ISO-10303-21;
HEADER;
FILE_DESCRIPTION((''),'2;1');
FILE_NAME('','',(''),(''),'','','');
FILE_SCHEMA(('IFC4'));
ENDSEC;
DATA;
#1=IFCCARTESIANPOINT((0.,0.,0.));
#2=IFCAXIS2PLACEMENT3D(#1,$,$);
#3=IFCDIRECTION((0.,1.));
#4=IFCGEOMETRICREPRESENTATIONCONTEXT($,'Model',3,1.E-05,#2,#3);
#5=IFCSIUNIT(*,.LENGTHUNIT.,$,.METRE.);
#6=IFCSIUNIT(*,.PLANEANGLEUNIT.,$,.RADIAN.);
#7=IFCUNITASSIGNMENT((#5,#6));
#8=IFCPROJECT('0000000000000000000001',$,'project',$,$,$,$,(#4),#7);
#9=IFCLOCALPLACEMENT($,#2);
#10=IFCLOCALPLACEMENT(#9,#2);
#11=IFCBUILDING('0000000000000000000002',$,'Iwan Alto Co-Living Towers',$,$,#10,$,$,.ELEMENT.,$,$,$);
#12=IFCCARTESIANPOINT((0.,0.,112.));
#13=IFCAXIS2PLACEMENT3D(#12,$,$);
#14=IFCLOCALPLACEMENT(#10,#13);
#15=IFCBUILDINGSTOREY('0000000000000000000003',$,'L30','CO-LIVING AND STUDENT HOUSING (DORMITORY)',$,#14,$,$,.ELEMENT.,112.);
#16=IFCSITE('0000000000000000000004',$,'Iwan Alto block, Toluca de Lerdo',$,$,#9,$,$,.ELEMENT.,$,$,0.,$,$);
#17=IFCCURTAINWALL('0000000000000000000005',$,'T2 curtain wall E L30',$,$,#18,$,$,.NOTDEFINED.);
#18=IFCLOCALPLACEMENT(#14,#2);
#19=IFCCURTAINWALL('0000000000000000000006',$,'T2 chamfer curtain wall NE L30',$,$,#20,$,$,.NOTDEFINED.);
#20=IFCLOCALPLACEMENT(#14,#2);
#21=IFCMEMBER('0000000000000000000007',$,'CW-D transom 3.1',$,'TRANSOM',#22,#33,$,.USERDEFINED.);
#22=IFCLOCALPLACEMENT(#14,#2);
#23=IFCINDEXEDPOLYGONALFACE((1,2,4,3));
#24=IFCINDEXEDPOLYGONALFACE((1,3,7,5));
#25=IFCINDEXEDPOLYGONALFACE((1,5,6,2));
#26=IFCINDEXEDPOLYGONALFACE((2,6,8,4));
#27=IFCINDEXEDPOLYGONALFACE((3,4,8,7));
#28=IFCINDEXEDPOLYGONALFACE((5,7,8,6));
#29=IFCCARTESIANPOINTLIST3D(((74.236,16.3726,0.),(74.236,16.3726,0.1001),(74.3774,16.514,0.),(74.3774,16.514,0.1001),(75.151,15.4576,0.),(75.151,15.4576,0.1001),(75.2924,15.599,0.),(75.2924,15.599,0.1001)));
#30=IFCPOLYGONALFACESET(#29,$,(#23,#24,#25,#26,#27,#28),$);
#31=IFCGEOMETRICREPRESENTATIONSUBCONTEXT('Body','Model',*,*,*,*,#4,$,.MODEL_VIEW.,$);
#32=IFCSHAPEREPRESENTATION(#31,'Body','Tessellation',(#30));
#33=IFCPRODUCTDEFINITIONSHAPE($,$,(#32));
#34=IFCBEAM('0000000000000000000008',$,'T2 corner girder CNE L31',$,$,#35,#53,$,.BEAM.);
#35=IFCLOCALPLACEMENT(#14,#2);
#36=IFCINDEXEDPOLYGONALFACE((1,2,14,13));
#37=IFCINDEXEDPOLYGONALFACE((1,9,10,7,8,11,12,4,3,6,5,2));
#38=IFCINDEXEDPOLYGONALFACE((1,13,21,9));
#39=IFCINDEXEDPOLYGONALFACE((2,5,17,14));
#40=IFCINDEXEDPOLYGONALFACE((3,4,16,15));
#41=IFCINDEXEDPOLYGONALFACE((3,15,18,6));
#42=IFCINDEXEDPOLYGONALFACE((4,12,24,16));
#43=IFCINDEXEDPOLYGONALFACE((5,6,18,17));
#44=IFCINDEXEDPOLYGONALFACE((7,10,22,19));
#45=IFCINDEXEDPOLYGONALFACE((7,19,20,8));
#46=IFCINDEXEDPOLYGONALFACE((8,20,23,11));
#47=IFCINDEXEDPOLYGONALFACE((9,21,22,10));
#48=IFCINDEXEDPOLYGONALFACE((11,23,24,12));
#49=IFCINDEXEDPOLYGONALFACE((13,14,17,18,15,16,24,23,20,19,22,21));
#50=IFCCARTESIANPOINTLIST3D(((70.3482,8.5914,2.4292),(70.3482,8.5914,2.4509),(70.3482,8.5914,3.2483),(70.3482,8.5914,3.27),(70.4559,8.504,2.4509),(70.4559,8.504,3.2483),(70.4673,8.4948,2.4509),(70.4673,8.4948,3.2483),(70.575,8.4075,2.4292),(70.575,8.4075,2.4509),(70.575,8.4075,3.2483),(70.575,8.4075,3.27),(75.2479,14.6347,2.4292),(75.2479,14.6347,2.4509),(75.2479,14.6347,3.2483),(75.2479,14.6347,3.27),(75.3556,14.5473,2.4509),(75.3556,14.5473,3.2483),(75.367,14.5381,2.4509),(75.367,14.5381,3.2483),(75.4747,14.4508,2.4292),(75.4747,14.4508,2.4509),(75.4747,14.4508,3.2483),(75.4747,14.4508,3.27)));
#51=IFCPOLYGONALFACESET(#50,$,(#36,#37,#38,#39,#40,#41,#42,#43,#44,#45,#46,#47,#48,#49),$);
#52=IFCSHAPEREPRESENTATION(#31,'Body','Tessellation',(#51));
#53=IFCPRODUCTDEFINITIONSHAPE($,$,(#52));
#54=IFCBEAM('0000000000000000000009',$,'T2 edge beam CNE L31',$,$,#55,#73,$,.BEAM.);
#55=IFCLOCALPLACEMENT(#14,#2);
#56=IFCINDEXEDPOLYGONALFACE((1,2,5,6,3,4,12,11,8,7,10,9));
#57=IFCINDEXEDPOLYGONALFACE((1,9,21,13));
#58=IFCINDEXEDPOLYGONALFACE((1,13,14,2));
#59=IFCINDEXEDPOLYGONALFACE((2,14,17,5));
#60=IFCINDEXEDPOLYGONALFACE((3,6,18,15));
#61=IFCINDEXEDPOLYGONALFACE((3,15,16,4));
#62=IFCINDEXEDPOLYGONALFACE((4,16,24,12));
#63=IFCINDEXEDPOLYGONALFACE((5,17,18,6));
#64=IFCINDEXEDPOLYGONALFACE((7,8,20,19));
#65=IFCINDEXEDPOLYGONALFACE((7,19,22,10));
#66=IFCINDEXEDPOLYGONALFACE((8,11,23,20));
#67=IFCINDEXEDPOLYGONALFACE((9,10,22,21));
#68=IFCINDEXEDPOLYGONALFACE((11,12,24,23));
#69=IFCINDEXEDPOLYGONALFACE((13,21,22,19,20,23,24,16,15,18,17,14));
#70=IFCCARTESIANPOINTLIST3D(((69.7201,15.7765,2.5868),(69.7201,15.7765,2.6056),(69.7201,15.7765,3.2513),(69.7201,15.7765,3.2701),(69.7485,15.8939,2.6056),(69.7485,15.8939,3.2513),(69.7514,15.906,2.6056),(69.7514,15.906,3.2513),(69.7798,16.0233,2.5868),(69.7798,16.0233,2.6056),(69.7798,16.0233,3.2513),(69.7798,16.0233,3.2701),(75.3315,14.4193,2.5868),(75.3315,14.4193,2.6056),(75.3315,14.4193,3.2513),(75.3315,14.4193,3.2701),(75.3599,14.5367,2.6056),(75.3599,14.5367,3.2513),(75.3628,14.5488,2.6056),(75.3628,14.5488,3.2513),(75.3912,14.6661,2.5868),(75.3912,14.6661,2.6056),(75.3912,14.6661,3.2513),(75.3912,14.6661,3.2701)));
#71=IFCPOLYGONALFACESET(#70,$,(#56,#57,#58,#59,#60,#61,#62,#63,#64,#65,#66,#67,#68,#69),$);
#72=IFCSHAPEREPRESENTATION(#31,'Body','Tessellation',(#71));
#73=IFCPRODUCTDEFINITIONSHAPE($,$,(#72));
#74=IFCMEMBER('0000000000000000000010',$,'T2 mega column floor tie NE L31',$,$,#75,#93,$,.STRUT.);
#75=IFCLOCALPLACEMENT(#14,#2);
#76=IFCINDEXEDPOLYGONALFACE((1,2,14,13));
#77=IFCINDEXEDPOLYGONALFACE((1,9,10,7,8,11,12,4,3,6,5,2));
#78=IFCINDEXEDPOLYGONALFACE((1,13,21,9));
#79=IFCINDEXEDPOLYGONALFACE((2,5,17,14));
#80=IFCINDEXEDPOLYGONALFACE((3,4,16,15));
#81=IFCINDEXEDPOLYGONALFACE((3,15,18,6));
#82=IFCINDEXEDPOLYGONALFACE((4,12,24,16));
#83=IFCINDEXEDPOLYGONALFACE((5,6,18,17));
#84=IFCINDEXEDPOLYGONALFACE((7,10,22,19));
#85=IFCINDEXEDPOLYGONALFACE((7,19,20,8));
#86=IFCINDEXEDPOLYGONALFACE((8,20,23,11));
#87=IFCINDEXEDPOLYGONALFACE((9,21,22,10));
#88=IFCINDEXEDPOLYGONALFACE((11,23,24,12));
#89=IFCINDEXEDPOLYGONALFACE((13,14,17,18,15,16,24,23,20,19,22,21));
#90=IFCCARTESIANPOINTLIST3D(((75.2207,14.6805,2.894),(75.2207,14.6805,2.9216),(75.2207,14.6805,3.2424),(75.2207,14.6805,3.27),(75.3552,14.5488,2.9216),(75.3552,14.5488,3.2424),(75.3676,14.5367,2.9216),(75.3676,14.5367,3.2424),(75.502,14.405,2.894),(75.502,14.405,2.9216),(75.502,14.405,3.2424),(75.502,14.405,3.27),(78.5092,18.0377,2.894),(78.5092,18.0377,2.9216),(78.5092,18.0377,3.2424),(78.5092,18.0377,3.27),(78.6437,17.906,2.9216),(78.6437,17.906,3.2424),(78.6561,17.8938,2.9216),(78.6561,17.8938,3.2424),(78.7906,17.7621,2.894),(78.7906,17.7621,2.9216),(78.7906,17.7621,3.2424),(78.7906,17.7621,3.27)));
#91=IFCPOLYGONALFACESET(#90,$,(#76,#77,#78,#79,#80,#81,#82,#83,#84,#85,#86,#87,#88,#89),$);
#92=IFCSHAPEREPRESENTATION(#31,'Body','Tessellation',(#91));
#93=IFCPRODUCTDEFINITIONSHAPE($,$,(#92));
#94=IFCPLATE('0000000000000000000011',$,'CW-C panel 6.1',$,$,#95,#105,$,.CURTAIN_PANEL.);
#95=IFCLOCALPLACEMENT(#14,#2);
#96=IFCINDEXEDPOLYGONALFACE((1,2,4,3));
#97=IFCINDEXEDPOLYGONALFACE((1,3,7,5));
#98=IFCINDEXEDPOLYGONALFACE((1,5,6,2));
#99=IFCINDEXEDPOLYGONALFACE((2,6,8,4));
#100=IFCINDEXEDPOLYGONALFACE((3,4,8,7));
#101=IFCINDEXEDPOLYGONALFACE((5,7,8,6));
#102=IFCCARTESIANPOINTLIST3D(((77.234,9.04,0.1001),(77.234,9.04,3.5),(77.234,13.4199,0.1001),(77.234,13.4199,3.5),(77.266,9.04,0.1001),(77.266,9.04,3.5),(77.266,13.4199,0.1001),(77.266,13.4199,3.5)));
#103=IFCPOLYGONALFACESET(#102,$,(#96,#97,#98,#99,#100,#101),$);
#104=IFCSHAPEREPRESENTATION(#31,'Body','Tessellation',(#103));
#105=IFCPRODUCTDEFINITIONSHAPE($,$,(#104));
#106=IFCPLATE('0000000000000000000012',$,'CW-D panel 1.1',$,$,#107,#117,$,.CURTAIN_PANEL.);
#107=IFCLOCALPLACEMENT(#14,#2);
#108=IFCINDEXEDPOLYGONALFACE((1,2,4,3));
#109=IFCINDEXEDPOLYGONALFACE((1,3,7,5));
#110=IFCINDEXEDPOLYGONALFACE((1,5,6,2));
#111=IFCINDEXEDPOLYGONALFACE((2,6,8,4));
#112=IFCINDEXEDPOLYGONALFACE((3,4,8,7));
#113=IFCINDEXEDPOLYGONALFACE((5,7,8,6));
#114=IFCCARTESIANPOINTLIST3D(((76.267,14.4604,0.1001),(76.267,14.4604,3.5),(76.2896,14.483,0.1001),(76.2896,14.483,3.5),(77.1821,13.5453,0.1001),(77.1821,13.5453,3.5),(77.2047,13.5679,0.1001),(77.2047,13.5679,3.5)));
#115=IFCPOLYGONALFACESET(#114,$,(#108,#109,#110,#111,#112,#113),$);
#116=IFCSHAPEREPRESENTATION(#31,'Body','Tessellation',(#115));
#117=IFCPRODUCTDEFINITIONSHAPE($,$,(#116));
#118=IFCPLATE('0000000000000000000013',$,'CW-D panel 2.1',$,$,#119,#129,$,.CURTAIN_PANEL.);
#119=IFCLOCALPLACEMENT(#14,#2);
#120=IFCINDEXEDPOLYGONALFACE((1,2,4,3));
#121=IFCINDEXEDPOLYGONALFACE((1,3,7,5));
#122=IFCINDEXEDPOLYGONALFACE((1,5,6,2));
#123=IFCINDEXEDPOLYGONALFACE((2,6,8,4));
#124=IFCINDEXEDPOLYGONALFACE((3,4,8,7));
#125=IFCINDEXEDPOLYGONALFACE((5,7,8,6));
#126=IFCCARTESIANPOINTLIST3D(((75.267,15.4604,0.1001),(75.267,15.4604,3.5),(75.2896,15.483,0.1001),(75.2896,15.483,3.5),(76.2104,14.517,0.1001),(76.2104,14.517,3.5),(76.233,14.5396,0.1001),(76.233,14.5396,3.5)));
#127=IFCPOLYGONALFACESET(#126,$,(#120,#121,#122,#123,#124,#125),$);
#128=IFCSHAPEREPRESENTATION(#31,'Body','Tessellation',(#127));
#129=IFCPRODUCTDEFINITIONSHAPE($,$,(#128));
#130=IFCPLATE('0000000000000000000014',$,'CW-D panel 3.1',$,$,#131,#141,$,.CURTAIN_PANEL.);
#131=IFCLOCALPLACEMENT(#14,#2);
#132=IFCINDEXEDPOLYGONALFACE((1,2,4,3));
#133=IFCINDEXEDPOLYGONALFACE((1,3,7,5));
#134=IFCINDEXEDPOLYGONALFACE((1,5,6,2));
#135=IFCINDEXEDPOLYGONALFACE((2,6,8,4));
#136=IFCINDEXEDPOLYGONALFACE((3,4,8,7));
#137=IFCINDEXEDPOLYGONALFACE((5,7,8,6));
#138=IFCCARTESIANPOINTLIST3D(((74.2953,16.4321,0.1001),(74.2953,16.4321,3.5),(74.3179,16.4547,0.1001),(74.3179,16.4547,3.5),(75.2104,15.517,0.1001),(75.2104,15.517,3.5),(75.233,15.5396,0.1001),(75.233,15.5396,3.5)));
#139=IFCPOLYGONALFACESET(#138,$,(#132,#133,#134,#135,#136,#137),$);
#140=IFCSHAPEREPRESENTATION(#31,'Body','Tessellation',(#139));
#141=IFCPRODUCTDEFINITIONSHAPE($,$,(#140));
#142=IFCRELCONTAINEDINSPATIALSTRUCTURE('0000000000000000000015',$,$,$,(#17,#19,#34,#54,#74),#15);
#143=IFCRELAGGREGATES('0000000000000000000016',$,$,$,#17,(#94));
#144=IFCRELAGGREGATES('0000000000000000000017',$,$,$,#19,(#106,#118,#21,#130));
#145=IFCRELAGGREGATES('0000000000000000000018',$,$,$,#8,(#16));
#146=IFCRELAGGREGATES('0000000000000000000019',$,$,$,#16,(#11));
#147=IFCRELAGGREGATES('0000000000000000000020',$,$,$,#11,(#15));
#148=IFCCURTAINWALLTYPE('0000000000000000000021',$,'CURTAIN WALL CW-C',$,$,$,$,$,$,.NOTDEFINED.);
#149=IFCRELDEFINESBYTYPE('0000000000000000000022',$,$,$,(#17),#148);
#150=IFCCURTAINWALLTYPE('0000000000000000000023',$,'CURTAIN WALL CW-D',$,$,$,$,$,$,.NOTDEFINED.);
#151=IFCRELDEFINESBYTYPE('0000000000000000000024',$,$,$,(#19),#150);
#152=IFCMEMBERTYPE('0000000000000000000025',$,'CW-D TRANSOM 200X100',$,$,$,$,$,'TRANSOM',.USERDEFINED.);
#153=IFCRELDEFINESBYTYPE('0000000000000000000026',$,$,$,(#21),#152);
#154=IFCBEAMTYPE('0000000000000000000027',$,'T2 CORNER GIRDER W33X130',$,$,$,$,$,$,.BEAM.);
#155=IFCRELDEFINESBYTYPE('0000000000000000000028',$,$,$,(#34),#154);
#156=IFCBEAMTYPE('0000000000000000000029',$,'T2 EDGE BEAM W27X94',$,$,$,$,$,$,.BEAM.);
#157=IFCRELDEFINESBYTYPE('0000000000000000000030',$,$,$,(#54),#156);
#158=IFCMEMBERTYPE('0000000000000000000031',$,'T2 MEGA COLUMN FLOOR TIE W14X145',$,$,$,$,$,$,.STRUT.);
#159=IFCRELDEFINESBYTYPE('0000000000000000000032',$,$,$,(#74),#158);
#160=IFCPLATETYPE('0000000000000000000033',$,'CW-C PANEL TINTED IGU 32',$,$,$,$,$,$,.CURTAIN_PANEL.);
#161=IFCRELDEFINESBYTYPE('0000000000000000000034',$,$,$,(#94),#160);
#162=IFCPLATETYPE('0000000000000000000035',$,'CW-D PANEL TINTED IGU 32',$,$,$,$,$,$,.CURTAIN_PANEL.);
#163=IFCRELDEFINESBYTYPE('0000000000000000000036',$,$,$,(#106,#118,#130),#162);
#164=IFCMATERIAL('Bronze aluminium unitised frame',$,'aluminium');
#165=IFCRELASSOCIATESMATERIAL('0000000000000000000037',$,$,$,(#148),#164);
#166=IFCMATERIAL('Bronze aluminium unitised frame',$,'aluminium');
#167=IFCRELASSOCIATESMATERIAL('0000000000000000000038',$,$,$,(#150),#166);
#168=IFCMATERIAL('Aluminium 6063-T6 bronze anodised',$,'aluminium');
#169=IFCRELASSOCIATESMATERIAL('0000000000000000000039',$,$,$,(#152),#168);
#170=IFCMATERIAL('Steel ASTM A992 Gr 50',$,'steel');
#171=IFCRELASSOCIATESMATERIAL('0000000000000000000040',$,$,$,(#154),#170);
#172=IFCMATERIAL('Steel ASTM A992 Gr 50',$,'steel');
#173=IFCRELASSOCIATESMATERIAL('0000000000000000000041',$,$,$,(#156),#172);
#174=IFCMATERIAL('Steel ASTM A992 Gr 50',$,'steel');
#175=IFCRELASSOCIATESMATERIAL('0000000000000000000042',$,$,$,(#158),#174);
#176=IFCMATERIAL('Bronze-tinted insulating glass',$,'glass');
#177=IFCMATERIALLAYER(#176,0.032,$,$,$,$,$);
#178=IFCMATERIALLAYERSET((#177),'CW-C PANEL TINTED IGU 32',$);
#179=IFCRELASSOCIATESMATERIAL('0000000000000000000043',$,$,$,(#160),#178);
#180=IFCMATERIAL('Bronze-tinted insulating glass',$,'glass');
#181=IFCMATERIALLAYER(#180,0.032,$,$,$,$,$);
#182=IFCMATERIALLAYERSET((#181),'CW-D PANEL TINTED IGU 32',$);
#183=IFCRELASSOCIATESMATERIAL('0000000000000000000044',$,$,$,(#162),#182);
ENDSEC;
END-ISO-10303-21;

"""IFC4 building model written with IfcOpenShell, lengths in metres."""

from ifc_helpers import new_model, si_unit, direction, frame, origin, origin_2d, place, context, subcontext, project, spatial, rectangle, i_section, extrude, material, layer, layer_set, material_profile, profile_set, type_object, element, aggregate, save


model = new_model("IFC4")

# Units and contexts
model_context = context("Model", 3, precision=1e-05, world=origin(), true_north=direction((0.0, 1.0)))
body_context = subcontext(model_context, "Body", "Model", "MODEL_VIEW")
ifc_project = project(units=[si_unit("LENGTHUNIT", "METRE"), si_unit("PLANEANGLEUNIT", "RADIAN")], contexts=[model_context])

# Site, building, storey
site_placement = place(None, origin())
site = spatial("IfcSite", under=ifc_project, at=site_placement, Name="Iwan Alto block, Toluca de Lerdo", CompositionType="ELEMENT", RefElevation=0.0)
building_placement = place(site_placement, origin())
building = spatial("IfcBuilding", under=site, at=building_placement, Name="Iwan Alto Co-Living Towers", CompositionType="ELEMENT")
storey_placement = place(building_placement, frame((0.0, 0.0, 112.0)))
storey = spatial("IfcBuildingStorey", under=building, at=storey_placement, Name="L30", Description="CO-LIVING AND STUDENT HOUSING (DORMITORY)", CompositionType="ELEMENT", Elevation=112.0)

# Curtain wall
ifc_material_1 = material(Name="Bronze aluminium unitised frame", Category="aluminium")
curtain_wall_type_1 = type_object("IfcCurtainWallType", Name="CURTAIN WALL CW-C", PredefinedType="NOTDEFINED", material=ifc_material_1)
curtain_wall_1_placement = place(storey_placement, origin())
curtain_wall_1 = element("IfcCurtainWall", 1, at=curtain_wall_1_placement, inside=storey, type_object=curtain_wall_type_1, Name="T2 curtain wall E L30", PredefinedType="NOTDEFINED")

# Curtain wall, member
ifc_material_2 = material(Name="Bronze aluminium unitised frame", Category="aluminium")
curtain_wall_type_2 = type_object("IfcCurtainWallType", Name="CURTAIN WALL CW-D", PredefinedType="NOTDEFINED", material=ifc_material_2)
curtain_wall_2_placement = place(storey_placement, origin())
curtain_wall_2 = element("IfcCurtainWall", 2, at=curtain_wall_2_placement, inside=storey, type_object=curtain_wall_type_2, Name="T2 chamfer curtain wall NE L30", PredefinedType="NOTDEFINED")
ifc_material_3 = material(Name="Aluminium 6063-T6 bronze anodised", Category="aluminium")
ifc_material_profile_1 = material_profile(ifc_material_3, rectangle(XDim=0.2, YDim=0.1001, at=origin_2d()), Name="AL 200X100")
ifc_profile_set_1 = profile_set([ifc_material_profile_1], Name="Aluminium 6063-T6 bronze anodised")
member_type_1 = type_object("IfcMemberType", Name="CW-D TRANSOM 200X100", ElementType="TRANSOM", PredefinedType="USERDEFINED", material=ifc_profile_set_1)
member_1_placement = place(storey_placement, frame((75.2217, 15.5283, 0.05), z_axis=(-0.707107, 0.707107, 0.0), x_axis=(-0.707107, -0.707107, 0.0)))
member_1 = element("IfcMember", 3, at=member_1_placement, type_object=member_type_1, Name="CW-D transom 3.1", ObjectType="TRANSOM", PredefinedType="USERDEFINED", context=body_context, shape_type="SweptSolid", body=[
    extrude(rectangle(XDim=0.2, YDim=0.1001, at=origin_2d()), origin(), (0.0, 0.0, 1.0), 1.2939),
])

# Beams
ifc_material_4 = material(Name="Steel ASTM A992 Gr 50", Category="steel")
ifc_material_profile_2 = material_profile(ifc_material_4, i_section(OverallWidth=0.292, OverallDepth=0.8408, WebThickness=0.0146, FlangeThickness=0.0217, at=origin_2d()), Name="W33X130")
ifc_profile_set_2 = profile_set([ifc_material_profile_2], Name="Steel ASTM A992 Gr 50")
beam_type_1 = type_object("IfcBeamType", Name="T2 CORNER GIRDER W33X130", PredefinedType="BEAM", material=ifc_profile_set_2)
beam_1_placement = place(storey_placement, frame((75.3613, 14.5427, 2.8496), z_axis=(-0.629783, -0.776771, 0.0), x_axis=(0.776771, -0.629783, 0.0)))
element("IfcBeam", 4, at=beam_1_placement, inside=storey, type_object=beam_type_1, Name="T2 corner girder CNE L31", PredefinedType="BEAM", context=body_context, shape_type="SweptSolid", body=[
    extrude(i_section(OverallWidth=0.292, OverallDepth=0.8408, WebThickness=0.0146, FlangeThickness=0.0217, at=origin_2d()), origin(), (0.0, 0.0, 1.0), 7.78),
])
ifc_material_5 = material(Name="Steel ASTM A992 Gr 50", Category="steel")
ifc_material_profile_3 = material_profile(ifc_material_5, i_section(OverallWidth=0.2539, OverallDepth=0.6833, WebThickness=0.0125, FlangeThickness=0.0188, at=origin_2d()), Name="W27X94")
ifc_profile_set_3 = profile_set([ifc_material_profile_3], Name="Steel ASTM A992 Gr 50")
beam_type_2 = type_object("IfcBeamType", Name="T2 EDGE BEAM W27X94", PredefinedType="BEAM", material=ifc_profile_set_3)
beam_2_placement = place(storey_placement, frame((75.3613, 14.5427, 2.9285), z_axis=(-0.971975, 0.235086, 0.0), x_axis=(-0.235086, -0.971975, 0.0)))
element("IfcBeam", 5, at=beam_2_placement, inside=storey, type_object=beam_type_2, Name="T2 edge beam CNE L31", PredefinedType="BEAM", context=body_context, shape_type="SweptSolid", body=[
    extrude(i_section(OverallWidth=0.2539, OverallDepth=0.6833, WebThickness=0.0125, FlangeThickness=0.0188, at=origin_2d()), origin(), (0.0, 0.0, 1.0), 5.7732),
])

# Member
ifc_material_6 = material(Name="Steel ASTM A992 Gr 50", Category="steel")
ifc_material_profile_4 = material_profile(ifc_material_6, i_section(OverallWidth=0.3938, OverallDepth=0.376, WebThickness=0.0173, FlangeThickness=0.0276, at=origin_2d()), Name="W14X145")
ifc_profile_set_4 = profile_set([ifc_material_profile_4], Name="Steel ASTM A992 Gr 50")
member_type_2 = type_object("IfcMemberType", Name="T2 MEGA COLUMN FLOOR TIE W14X145", PredefinedType="STRUT", material=ifc_profile_set_4)
member_2_placement = place(storey_placement, frame((78.6499, 17.8999, 3.082), z_axis=(-0.69977, -0.714368, 0.0), x_axis=(0.714368, -0.69977, 0.0)))
element("IfcMember", 6, at=member_2_placement, inside=storey, type_object=member_type_2, Name="T2 mega column floor tie NE L31", PredefinedType="STRUT", context=body_context, shape_type="SweptSolid", body=[
    extrude(i_section(OverallWidth=0.3938, OverallDepth=0.376, WebThickness=0.0173, FlangeThickness=0.0276, at=origin_2d()), origin(), (0.0, 0.0, 1.0), 4.6995),
])

# Plates
ifc_material_7 = material(Name="Bronze-tinted insulating glass", Category="glass")
ifc_layer_1 = layer(ifc_material_7, 0.032)
ifc_layer_set_1 = layer_set([ifc_layer_1], Name="CW-C PANEL TINTED IGU 32")
plate_type_1 = type_object("IfcPlateType", Name="CW-C PANEL TINTED IGU 32", PredefinedType="CURTAIN_PANEL", material=ifc_layer_set_1)
plate_1_placement = place(storey_placement, frame((77.25, 11.23, 0.1001), z_axis=(0.0, 0.0, 1.0), x_axis=(0.0, 1.0, 0.0)))
plate_1 = element("IfcPlate", 7, at=plate_1_placement, type_object=plate_type_1, Name="CW-C panel 6.1", PredefinedType="CURTAIN_PANEL", context=body_context, shape_type="SweptSolid", body=[
    extrude(rectangle(XDim=4.3799, YDim=0.032, at=origin_2d()), origin(), (0.0, 0.0, 1.0), 3.3999),
])
aggregate(curtain_wall_1, [plate_1])
ifc_material_8 = material(Name="Bronze-tinted insulating glass", Category="glass")
ifc_layer_2 = layer(ifc_material_8, 0.032)
ifc_layer_set_2 = layer_set([ifc_layer_2], Name="CW-D PANEL TINTED IGU 32")
plate_type_2 = type_object("IfcPlateType", Name="CW-D PANEL TINTED IGU 32", PredefinedType="CURTAIN_PANEL", material=ifc_layer_set_2)
plate_2_placement = place(storey_placement, frame((76.7358, 14.0142, 0.1001), z_axis=(0.0, 0.0, 1.0), x_axis=(-0.707107, 0.707107, 0.0)))
plate_2 = element("IfcPlate", 8, at=plate_2_placement, type_object=plate_type_2, Name="CW-D panel 1.1", PredefinedType="CURTAIN_PANEL", context=body_context, shape_type="SweptSolid", body=[
    extrude(rectangle(XDim=1.2942, YDim=0.032, at=origin_2d()), origin(), (0.0, 0.0, 1.0), 3.3999),
])
plate_3_placement = place(storey_placement, frame((75.75, 15.0, 0.1001), z_axis=(0.0, 0.0, 1.0), x_axis=(-0.707107, 0.707107, 0.0)))
plate_3 = element("IfcPlate", 9, at=plate_3_placement, type_object=plate_type_2, Name="CW-D panel 2.1", PredefinedType="CURTAIN_PANEL", context=body_context, shape_type="SweptSolid", body=[
    extrude(rectangle(XDim=1.3342, YDim=0.032, at=origin_2d()), origin(), (0.0, 0.0, 1.0), 3.3999),
])
plate_4_placement = place(storey_placement, frame((74.7642, 15.9858, 0.1001), z_axis=(0.0, 0.0, 1.0), x_axis=(-0.707107, 0.707107, 0.0)))
plate_4 = element("IfcPlate", 10, at=plate_4_placement, type_object=plate_type_2, Name="CW-D panel 3.1", PredefinedType="CURTAIN_PANEL", context=body_context, shape_type="SweptSolid", body=[
    extrude(rectangle(XDim=1.2942, YDim=0.032, at=origin_2d()), origin(), (0.0, 0.0, 1.0), 3.3999),
])
aggregate(curtain_wall_2, [plate_2, plate_3, member_1, plate_4])

save(model, "model.ifc")
